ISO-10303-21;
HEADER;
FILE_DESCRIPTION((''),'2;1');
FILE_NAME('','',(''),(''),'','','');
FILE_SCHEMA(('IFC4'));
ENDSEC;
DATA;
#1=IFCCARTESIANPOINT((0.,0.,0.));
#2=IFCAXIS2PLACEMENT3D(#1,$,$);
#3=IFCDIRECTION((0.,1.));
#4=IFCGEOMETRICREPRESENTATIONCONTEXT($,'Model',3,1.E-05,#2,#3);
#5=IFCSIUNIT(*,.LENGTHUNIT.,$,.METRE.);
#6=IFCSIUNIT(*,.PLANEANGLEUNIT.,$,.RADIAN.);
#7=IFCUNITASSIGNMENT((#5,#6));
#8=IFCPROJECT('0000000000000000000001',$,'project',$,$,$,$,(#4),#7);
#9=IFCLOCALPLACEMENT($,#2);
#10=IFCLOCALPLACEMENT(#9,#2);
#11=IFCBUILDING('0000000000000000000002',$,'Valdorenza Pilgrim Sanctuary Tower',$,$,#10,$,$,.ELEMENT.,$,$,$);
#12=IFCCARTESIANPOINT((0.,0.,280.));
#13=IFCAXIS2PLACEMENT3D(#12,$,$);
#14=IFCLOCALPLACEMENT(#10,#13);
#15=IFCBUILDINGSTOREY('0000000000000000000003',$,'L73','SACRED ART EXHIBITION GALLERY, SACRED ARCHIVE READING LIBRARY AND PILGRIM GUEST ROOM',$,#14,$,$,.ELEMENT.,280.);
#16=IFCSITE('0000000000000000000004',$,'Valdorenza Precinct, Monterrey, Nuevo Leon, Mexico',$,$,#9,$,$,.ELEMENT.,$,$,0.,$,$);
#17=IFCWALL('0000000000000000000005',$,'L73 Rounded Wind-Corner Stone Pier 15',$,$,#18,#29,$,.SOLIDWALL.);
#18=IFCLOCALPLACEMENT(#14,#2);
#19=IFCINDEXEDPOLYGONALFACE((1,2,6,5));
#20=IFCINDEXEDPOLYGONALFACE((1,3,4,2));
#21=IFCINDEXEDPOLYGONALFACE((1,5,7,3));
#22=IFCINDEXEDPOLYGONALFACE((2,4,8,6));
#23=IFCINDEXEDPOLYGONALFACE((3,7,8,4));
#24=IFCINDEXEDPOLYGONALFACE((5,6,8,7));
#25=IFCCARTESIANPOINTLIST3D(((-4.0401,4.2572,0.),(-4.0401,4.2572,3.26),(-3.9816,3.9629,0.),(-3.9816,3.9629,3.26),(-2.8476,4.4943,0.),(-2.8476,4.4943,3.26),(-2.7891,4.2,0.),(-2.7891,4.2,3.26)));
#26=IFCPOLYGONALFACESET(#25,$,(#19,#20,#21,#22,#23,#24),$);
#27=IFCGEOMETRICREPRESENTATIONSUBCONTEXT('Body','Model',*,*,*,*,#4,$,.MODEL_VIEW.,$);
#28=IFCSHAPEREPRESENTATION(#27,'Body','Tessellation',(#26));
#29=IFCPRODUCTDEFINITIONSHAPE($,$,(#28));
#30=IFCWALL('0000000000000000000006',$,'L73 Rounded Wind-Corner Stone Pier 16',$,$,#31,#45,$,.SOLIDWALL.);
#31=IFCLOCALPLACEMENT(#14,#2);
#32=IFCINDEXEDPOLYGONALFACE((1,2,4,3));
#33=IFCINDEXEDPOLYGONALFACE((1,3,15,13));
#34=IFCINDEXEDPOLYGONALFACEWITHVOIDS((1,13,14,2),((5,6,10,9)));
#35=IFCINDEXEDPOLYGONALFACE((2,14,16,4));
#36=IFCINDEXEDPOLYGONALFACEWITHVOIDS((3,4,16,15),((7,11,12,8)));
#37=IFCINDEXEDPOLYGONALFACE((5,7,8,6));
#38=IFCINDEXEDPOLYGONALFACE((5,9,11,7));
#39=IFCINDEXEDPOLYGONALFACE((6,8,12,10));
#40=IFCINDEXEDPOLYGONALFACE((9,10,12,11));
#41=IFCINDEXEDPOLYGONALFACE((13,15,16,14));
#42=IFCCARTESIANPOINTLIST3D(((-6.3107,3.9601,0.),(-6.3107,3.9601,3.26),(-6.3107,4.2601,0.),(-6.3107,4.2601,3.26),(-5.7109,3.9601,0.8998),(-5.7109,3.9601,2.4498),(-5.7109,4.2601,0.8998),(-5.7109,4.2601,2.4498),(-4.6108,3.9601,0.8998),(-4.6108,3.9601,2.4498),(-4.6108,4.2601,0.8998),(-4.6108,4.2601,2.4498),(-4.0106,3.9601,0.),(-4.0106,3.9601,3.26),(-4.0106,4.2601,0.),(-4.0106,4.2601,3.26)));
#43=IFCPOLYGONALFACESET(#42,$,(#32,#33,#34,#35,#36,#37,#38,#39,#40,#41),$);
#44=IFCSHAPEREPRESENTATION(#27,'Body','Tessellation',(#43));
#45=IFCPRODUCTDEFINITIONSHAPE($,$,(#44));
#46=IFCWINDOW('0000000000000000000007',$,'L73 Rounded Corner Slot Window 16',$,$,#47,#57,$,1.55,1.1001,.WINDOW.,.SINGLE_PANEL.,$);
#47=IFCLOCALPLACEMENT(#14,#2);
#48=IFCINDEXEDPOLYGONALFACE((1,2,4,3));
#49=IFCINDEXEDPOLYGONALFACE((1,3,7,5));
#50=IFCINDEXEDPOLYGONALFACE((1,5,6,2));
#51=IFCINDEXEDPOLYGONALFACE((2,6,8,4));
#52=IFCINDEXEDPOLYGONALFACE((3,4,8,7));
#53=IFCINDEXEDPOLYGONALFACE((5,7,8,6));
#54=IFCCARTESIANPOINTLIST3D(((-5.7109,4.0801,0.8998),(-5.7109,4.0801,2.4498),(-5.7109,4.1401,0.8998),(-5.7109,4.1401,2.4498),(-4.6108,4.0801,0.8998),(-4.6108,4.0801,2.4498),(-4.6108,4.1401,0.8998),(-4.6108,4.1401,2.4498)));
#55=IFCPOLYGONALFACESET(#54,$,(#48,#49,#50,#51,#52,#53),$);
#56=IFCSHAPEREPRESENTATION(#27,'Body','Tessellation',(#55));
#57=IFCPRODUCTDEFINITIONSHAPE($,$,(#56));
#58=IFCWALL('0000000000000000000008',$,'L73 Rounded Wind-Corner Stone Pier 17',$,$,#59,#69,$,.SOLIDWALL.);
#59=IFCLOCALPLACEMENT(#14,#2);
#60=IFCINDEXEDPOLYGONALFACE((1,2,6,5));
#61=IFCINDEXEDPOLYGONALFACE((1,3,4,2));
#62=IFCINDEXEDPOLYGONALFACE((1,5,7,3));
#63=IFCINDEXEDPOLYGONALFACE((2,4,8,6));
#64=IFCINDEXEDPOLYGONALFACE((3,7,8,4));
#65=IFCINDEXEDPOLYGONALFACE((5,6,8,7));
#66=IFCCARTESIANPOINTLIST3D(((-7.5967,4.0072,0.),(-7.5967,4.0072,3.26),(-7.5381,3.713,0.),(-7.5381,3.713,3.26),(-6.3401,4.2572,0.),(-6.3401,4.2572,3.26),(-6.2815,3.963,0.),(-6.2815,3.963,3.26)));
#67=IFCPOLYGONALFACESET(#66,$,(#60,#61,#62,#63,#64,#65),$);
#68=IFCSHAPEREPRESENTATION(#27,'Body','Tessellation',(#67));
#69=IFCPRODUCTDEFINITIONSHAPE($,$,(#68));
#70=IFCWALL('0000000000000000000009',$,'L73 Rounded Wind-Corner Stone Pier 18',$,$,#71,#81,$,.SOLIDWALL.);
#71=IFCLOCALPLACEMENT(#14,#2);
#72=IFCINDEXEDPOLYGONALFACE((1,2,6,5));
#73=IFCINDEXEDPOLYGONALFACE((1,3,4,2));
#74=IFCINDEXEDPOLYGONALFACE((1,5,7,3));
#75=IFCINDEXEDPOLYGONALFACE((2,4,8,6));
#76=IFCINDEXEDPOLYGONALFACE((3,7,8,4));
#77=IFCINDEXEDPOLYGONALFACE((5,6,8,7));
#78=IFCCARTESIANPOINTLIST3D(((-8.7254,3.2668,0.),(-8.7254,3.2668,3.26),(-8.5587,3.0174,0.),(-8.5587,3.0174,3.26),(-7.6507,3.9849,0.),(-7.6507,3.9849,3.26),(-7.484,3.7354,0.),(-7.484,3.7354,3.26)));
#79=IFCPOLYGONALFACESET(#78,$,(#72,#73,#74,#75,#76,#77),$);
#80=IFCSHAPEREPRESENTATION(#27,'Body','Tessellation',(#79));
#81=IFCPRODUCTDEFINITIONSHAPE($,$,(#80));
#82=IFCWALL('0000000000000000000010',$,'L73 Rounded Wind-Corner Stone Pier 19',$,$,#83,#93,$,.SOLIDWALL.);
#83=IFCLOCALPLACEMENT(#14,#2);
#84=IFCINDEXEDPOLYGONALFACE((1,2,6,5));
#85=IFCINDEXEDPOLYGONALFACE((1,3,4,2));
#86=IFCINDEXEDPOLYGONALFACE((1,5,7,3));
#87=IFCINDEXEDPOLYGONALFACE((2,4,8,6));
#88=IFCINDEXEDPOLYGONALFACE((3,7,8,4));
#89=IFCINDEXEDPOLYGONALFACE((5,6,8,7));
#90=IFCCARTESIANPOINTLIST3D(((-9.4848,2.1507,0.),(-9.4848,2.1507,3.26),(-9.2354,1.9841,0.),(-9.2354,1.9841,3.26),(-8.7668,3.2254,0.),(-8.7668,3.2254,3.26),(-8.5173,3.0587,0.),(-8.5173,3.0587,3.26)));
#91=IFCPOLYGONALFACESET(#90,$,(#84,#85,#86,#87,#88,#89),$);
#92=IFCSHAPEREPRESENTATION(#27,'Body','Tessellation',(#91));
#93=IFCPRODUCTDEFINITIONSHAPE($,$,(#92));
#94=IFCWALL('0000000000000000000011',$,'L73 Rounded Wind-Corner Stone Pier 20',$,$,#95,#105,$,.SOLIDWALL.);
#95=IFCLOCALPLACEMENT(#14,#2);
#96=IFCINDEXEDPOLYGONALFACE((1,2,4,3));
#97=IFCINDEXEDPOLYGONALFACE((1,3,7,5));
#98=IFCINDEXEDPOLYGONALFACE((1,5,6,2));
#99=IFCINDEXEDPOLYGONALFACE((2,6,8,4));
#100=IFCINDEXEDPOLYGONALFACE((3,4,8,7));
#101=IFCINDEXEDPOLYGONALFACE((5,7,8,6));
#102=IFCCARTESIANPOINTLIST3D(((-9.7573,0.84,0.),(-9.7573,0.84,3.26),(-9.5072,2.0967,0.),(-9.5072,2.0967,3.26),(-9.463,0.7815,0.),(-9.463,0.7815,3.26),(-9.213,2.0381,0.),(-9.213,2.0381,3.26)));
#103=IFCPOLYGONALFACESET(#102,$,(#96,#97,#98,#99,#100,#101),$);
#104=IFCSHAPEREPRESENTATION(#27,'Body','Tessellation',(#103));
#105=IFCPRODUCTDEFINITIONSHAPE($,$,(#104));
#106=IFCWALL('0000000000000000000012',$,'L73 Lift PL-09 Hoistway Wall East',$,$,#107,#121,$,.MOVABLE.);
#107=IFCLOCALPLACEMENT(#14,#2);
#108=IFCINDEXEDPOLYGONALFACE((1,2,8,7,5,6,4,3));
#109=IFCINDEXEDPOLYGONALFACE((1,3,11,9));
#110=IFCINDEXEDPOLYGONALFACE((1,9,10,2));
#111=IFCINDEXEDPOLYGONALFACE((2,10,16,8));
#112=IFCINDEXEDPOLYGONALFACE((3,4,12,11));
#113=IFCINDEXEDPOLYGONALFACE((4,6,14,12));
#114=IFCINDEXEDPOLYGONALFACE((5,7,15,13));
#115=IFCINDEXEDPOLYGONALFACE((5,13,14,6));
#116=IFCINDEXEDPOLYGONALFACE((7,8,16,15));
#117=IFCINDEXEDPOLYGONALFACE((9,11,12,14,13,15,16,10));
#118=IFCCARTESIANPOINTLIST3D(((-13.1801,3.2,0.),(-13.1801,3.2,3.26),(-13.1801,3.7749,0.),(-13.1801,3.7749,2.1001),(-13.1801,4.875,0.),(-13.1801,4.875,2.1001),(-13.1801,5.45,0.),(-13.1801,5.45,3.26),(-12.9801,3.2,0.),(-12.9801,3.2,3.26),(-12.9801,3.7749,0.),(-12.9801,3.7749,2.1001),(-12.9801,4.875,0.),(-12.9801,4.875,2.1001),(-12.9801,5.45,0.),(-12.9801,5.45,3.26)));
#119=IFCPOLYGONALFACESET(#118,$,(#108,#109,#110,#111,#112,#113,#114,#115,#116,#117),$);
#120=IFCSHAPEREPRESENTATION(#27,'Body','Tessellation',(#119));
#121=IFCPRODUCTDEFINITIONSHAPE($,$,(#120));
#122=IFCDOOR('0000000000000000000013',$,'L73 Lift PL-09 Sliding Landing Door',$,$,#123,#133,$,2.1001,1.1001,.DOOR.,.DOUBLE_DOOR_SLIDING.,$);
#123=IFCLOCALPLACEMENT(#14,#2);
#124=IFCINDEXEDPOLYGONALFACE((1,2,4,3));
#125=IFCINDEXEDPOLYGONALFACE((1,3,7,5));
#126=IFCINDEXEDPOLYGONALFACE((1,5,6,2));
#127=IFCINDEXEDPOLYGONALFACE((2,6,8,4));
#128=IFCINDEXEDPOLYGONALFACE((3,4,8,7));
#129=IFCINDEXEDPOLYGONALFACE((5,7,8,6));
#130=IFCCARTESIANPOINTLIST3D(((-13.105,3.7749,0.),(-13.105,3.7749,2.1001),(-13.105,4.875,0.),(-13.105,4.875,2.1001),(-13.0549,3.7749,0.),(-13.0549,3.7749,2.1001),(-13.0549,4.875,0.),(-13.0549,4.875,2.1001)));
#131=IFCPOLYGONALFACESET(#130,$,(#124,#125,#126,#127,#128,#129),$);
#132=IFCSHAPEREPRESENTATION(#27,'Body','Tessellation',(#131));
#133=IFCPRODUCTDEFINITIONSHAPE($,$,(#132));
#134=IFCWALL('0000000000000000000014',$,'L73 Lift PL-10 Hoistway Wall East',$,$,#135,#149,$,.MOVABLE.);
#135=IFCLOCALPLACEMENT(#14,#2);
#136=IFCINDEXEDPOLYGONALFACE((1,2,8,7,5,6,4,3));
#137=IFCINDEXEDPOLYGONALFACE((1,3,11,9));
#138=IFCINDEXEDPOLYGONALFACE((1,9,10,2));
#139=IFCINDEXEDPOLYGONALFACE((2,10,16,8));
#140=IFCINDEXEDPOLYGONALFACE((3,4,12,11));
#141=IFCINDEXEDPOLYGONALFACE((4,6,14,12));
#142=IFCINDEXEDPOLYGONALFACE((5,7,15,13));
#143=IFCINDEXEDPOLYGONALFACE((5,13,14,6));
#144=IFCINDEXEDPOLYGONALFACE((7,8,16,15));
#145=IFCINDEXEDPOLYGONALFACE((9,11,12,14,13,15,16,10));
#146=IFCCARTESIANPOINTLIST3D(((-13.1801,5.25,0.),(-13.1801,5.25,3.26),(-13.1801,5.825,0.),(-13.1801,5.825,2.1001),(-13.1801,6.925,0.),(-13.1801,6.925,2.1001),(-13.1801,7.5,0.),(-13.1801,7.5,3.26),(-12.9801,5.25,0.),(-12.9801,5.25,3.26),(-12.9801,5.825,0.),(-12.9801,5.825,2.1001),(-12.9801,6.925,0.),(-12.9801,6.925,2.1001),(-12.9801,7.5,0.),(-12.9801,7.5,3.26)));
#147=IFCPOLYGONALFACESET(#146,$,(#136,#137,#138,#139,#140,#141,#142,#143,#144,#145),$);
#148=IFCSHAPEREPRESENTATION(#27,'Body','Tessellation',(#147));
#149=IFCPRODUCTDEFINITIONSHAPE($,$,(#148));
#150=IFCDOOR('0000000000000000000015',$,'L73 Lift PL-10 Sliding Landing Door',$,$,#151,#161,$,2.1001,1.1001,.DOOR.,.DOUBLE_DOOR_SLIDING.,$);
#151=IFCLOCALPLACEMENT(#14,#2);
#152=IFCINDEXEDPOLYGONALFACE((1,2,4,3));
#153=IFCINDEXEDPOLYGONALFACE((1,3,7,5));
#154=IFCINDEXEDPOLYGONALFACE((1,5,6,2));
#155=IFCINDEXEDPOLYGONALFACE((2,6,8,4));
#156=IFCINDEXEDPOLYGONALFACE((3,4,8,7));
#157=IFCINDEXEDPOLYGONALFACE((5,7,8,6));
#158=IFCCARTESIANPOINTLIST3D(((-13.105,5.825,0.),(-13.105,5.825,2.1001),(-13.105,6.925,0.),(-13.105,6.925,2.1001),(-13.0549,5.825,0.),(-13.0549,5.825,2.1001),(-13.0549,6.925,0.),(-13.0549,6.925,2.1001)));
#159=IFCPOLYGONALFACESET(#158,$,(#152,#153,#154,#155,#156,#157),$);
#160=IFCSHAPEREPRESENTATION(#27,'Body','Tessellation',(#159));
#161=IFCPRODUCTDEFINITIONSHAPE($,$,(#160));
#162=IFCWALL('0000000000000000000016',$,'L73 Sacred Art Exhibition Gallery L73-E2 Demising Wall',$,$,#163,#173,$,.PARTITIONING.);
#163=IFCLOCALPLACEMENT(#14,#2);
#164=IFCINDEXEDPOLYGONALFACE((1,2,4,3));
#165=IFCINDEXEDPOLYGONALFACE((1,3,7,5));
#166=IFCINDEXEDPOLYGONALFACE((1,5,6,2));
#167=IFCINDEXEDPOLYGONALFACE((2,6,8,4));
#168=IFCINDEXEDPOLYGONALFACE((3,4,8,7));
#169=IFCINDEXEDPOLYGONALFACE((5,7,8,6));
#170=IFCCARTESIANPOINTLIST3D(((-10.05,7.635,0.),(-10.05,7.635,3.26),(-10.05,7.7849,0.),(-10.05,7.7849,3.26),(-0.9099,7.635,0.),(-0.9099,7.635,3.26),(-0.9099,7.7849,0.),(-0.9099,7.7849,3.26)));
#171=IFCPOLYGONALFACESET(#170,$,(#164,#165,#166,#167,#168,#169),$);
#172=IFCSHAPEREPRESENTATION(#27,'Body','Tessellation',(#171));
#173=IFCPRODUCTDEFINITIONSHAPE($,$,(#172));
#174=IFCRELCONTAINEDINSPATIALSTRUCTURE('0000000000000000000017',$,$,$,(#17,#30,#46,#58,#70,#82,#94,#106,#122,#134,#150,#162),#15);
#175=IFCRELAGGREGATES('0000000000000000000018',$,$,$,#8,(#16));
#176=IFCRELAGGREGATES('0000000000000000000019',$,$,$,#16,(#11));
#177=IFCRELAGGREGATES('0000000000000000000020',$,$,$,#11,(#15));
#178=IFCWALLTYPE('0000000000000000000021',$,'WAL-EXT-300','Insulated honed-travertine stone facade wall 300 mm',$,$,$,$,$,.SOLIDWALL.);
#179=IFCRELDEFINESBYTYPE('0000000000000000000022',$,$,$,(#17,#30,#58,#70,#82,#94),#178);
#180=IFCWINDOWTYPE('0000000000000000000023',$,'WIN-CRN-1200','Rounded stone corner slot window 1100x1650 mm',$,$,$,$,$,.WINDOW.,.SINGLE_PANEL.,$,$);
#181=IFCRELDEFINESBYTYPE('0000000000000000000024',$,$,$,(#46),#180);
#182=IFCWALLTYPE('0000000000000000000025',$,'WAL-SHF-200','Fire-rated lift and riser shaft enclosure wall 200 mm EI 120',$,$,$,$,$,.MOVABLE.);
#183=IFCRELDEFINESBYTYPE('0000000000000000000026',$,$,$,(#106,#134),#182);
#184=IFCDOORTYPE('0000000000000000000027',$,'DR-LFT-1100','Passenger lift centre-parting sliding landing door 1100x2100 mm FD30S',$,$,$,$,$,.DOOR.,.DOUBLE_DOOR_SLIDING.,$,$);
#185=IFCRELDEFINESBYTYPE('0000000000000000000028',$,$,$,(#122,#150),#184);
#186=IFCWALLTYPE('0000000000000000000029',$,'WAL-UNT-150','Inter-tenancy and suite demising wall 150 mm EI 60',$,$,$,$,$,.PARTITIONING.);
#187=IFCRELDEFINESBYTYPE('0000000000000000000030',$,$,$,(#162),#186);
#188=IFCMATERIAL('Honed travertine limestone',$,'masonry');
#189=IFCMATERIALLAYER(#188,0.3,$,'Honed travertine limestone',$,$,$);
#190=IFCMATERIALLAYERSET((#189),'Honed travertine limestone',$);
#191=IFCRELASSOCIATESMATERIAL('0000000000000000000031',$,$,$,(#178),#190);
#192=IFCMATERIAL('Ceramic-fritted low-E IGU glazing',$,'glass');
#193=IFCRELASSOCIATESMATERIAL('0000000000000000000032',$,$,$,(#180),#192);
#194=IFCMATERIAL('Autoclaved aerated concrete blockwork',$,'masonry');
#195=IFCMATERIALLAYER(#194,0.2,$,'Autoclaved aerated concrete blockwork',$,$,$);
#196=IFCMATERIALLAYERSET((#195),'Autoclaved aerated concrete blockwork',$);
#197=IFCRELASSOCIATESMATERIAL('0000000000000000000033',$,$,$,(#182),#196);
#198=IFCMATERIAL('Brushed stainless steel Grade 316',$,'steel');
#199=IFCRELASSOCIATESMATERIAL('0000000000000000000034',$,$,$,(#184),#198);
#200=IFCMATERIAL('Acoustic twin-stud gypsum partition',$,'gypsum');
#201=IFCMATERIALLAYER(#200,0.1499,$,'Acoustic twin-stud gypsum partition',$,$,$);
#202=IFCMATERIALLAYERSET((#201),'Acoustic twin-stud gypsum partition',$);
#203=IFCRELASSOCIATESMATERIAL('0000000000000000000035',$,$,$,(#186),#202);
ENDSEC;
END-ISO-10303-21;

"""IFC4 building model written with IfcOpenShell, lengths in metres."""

from ifc_helpers import new_model, si_unit, direction, frame, frame_2d, origin, place, context, subcontext, project, spatial, rectangle, extrude, material, layer, layer_set, type_object, element, fill, save


model = new_model("IFC4")

# Units and contexts
model_context = context("Model", 3, precision=1e-05, world=origin(), true_north=direction((0.0, 1.0)))
body_context = subcontext(model_context, "Body", "Model", "MODEL_VIEW")
ifc_project = project(units=[si_unit("LENGTHUNIT", "METRE"), si_unit("PLANEANGLEUNIT", "RADIAN")], contexts=[model_context])

# Site, building, storey
site_placement = place(None, origin())
site = spatial("IfcSite", under=ifc_project, at=site_placement, Name="Valdorenza Precinct, Monterrey, Nuevo Leon, Mexico", CompositionType="ELEMENT", RefElevation=0.0)
building_placement = place(site_placement, origin())
building = spatial("IfcBuilding", under=site, at=building_placement, Name="Valdorenza Pilgrim Sanctuary Tower", CompositionType="ELEMENT")
storey_placement = place(building_placement, frame((0.0, 0.0, 280.0)))
storey = spatial("IfcBuildingStorey", under=building, at=storey_placement, Name="L73", Description="SACRED ART EXHIBITION GALLERY, SACRED ARCHIVE READING LIBRARY AND PILGRIM GUEST ROOM", CompositionType="ELEMENT", Elevation=280.0)

# Shared definitions
ifc_material_1 = material(Name="Acoustic twin-stud gypsum partition", Category="gypsum")

# Wall
ifc_material_2 = material(Name="Honed travertine limestone", Category="masonry")
ifc_layer_1 = layer(ifc_material_2, 0.3, Name="Honed travertine limestone")
ifc_layer_set_1 = layer_set([ifc_layer_1], Name="Honed travertine limestone")
wall_type_1 = type_object("IfcWallType", Name="WAL-EXT-300", Description="Insulated honed-travertine stone facade wall 300 mm", PredefinedType="SOLIDWALL", material=ifc_layer_set_1)
wall_1_placement = place(storey_placement, frame((-2.8184, 4.3472, 0.0), z_axis=(0.0, 0.0, 1.0), x_axis=(-0.980804, -0.194996, 0.0)))
element("IfcWall", 1, at=wall_1_placement, inside=storey, type_object=wall_type_1, Name="L73 Rounded Wind-Corner Stone Pier 15", PredefinedType="SOLIDWALL", context=body_context, shape_type="SweptSolid", body=[
    extrude(rectangle(XDim=1.2158, YDim=0.3, at=frame_2d((0.6079, 0.0))), origin(), (0.0, 0.0, 1.0), 3.26),
])

# Wall, opening, window
wall_2_placement = place(storey_placement, frame((-4.0107, 4.1101, 0.0), z_axis=(0.0, 0.0, 1.0), x_axis=(-1.0, 0.0, 0.0)))
wall_2 = element("IfcWall", 2, at=wall_2_placement, inside=storey, type_object=wall_type_1, Name="L73 Rounded Wind-Corner Stone Pier 16", PredefinedType="SOLIDWALL", context=body_context, shape_type="SweptSolid", body=[
    extrude(rectangle(XDim=2.3, YDim=0.3, at=frame_2d((1.1499, 0.0))), origin(), (0.0, 0.0, 1.0), 3.26),
])
opening_1_placement = place(wall_2_placement, frame((0.6001, 0.0, 0.8999)))
opening_1 = element("IfcOpeningElement", 3, at=opening_1_placement, cuts=wall_2, PredefinedType="OPENING", context=body_context, shape_type="SweptSolid", body=[
    extrude(rectangle(XDim=1.1001, YDim=1.55, at=frame_2d((0.55, 0.7749))), frame((0.0, 0.165, 0.0), z_axis=(0.0, -1.0, 0.0), x_axis=(1.0, 0.0, 0.0)), (0.0, 0.0, 1.0), 0.3298),
])
ifc_material_3 = material(Name="Ceramic-fritted low-E IGU glazing", Category="glass")
window_type = type_object("IfcWindowType", Name="WIN-CRN-1200", Description="Rounded stone corner slot window 1100x1650 mm", PartitioningType="SINGLE_PANEL", PredefinedType="WINDOW", material=ifc_material_3)
window_placement = place(opening_1_placement, origin())
window = element("IfcWindow", 4, at=window_placement, inside=storey, type_object=window_type, Name="L73 Rounded Corner Slot Window 16", OverallHeight=1.55, OverallWidth=1.1001, PartitioningType="SINGLE_PANEL", PredefinedType="WINDOW", context=body_context, shape_type="SweptSolid", body=[
    extrude(rectangle(XDim=1.1001, YDim=1.55, at=frame_2d((0.55, 0.7749))), frame((0.0, 0.03, 0.0), z_axis=(0.0, -1.0, 0.0), x_axis=(1.0, 0.0, 0.0)), (0.0, 0.0, 1.0), 0.0601),
])
fill(opening_1, window)

# Walls
wall_3_placement = place(storey_placement, frame((-6.3108, 4.1101, 0.0), z_axis=(0.0, 0.0, 1.0), x_axis=(-0.980778, -0.195127, 0.0)))
element("IfcWall", 5, at=wall_3_placement, inside=storey, type_object=wall_type_1, Name="L73 Rounded Wind-Corner Stone Pier 17", PredefinedType="SOLIDWALL", context=body_context, shape_type="SweptSolid", body=[
    extrude(rectangle(XDim=1.2812, YDim=0.3, at=frame_2d((0.6406, 0.0))), origin(), (0.0, 0.0, 1.0), 3.26),
])
for number, where, z_axis, x_axis, name in (
    (6, (-7.5674, 3.8601, 0.0), (0.0, 0.0, 1.0), (-0.831498, -0.555528, 0.0), "L73 Rounded Wind-Corner Stone Pier 18"),
    (7, (-8.6421, 3.1421, 0.0), (0.0, 0.0, 1.0), (-0.555528, -0.831498, 0.0), "L73 Rounded Wind-Corner Stone Pier 19"),
):
    element("IfcWall", number, at=place(storey_placement, frame(where, z_axis=z_axis, x_axis=x_axis)), inside=storey, type_object=wall_type_1, Name=name, PredefinedType="SOLIDWALL", context=body_context, shape_type="SweptSolid", body=[
        extrude(rectangle(XDim=1.2925, YDim=0.3, at=frame_2d((0.6462, 0.0))), origin(), (0.0, 0.0, 1.0), 3.26),
    ])
wall_4_placement = place(storey_placement, frame((-9.3601, 2.0674, 0.0), z_axis=(0.0, 0.0, 1.0), x_axis=(-0.195127, -0.980778, 0.0)))
element("IfcWall", 8, at=wall_4_placement, inside=storey, type_object=wall_type_1, Name="L73 Rounded Wind-Corner Stone Pier 20", PredefinedType="SOLIDWALL", context=body_context, shape_type="SweptSolid", body=[
    extrude(rectangle(XDim=1.2812, YDim=0.3, at=frame_2d((0.6406, 0.0))), origin(), (0.0, 0.0, 1.0), 3.26),
])

# Walls, openings, doors
ifc_material_4 = material(Name="Autoclaved aerated concrete blockwork", Category="masonry")
ifc_layer_2 = layer(ifc_material_4, 0.2, Name="Autoclaved aerated concrete blockwork")
ifc_layer_set_2 = layer_set([ifc_layer_2], Name="Autoclaved aerated concrete blockwork")
wall_type_2 = type_object("IfcWallType", Name="WAL-SHF-200", Description="Fire-rated lift and riser shaft enclosure wall 200 mm EI 120", PredefinedType="MOVABLE", material=ifc_layer_set_2)
wall_5_placement = place(storey_placement, frame((-13.0801, 3.2, 0.0), z_axis=(0.0, 0.0, 1.0), x_axis=(0.0, 1.0, 0.0)))
wall_5 = element("IfcWall", 9, at=wall_5_placement, inside=storey, type_object=wall_type_2, Name="L73 Lift PL-09 Hoistway Wall East", PredefinedType="MOVABLE", context=body_context, shape_type="SweptSolid", body=[
    extrude(rectangle(XDim=2.25, YDim=0.2, at=frame_2d((1.125, 0.0))), origin(), (0.0, 0.0, 1.0), 3.26),
])
opening_2_placement = place(wall_5_placement, frame((0.575, 0.0, 0.0)))
opening_2 = element("IfcOpeningElement", 10, at=opening_2_placement, cuts=wall_5, PredefinedType="OPENING", context=body_context, shape_type="SweptSolid", body=[
    extrude(rectangle(XDim=1.1001, YDim=2.1001, at=frame_2d((0.55, 1.05))), frame((0.0, 0.1147, 0.0), z_axis=(0.0, -1.0, 0.0), x_axis=(1.0, 0.0, 0.0)), (0.0, 0.0, 1.0), 0.2297),
])
ifc_material_5 = material(Name="Brushed stainless steel Grade 316", Category="steel")
door_type_1 = type_object("IfcDoorType", Name="DR-LFT-1100", Description="Passenger lift centre-parting sliding landing door 1100x2100 mm FD30S", OperationType="DOUBLE_DOOR_SLIDING", PredefinedType="DOOR", material=ifc_material_5)
door_1_placement = place(opening_2_placement, origin())
door_1 = element("IfcDoor", 11, at=door_1_placement, inside=storey, type_object=door_type_1, Name="L73 Lift PL-09 Sliding Landing Door", OperationType="DOUBLE_DOOR_SLIDING", OverallHeight=2.1001, OverallWidth=1.1001, PredefinedType="DOOR", context=body_context, shape_type="SweptSolid", body=[
    extrude(rectangle(XDim=1.1001, YDim=2.1001, at=frame_2d((0.55, 1.05))), frame((0.0, 0.0249, 0.0), z_axis=(0.0, -1.0, 0.0), x_axis=(1.0, 0.0, 0.0)), (0.0, 0.0, 1.0), 0.05),
])
fill(opening_2, door_1)
wall_6_placement = place(storey_placement, frame((-13.0801, 5.25, 0.0), z_axis=(0.0, 0.0, 1.0), x_axis=(0.0, 1.0, 0.0)))
wall_6 = element("IfcWall", 12, at=wall_6_placement, inside=storey, type_object=wall_type_2, Name="L73 Lift PL-10 Hoistway Wall East", PredefinedType="MOVABLE", context=body_context, shape_type="SweptSolid", body=[
    extrude(rectangle(XDim=2.25, YDim=0.2, at=frame_2d((1.125, 0.0))), origin(), (0.0, 0.0, 1.0), 3.26),
])
opening_3_placement = place(wall_6_placement, frame((0.575, 0.0, 0.0)))
opening_3 = element("IfcOpeningElement", 13, at=opening_3_placement, cuts=wall_6, PredefinedType="OPENING", context=body_context, shape_type="SweptSolid", body=[
    extrude(rectangle(XDim=1.1001, YDim=2.1001, at=frame_2d((0.55, 1.05))), frame((0.0, 0.1147, 0.0), z_axis=(0.0, -1.0, 0.0), x_axis=(1.0, 0.0, 0.0)), (0.0, 0.0, 1.0), 0.2297),
])
door_2_placement = place(opening_3_placement, origin())
door_2 = element("IfcDoor", 14, at=door_2_placement, inside=storey, type_object=door_type_1, Name="L73 Lift PL-10 Sliding Landing Door", OperationType="DOUBLE_DOOR_SLIDING", OverallHeight=2.1001, OverallWidth=1.1001, PredefinedType="DOOR", context=body_context, shape_type="SweptSolid", body=[
    extrude(rectangle(XDim=1.1001, YDim=2.1001, at=frame_2d((0.55, 1.05))), frame((0.0, 0.0249, 0.0), z_axis=(0.0, -1.0, 0.0), x_axis=(1.0, 0.0, 0.0)), (0.0, 0.0, 1.0), 0.05),
])
fill(opening_3, door_2)

# Wall
ifc_layer_3 = layer(ifc_material_1, 0.1499, Name="Acoustic twin-stud gypsum partition")
ifc_layer_set_3 = layer_set([ifc_layer_3], Name="Acoustic twin-stud gypsum partition")
wall_type_3 = type_object("IfcWallType", Name="WAL-UNT-150", Description="Inter-tenancy and suite demising wall 150 mm EI 60", PredefinedType="PARTITIONING", material=ifc_layer_set_3)
wall_7_placement = place(storey_placement, frame((-10.05, 7.71, 0.0), z_axis=(0.0, 0.0, 1.0), x_axis=(1.0, 0.0, 0.0)))
element("IfcWall", 15, at=wall_7_placement, inside=storey, type_object=wall_type_3, Name="L73 Sacred Art Exhibition Gallery L73-E2 Demising Wall", PredefinedType="PARTITIONING", context=body_context, shape_type="SweptSolid", body=[
    extrude(rectangle(XDim=9.1401, YDim=0.1499, at=frame_2d((4.5701, 0.0))), origin(), (0.0, 0.0, 1.0), 3.26),
])

save(model, "model.ifc")
